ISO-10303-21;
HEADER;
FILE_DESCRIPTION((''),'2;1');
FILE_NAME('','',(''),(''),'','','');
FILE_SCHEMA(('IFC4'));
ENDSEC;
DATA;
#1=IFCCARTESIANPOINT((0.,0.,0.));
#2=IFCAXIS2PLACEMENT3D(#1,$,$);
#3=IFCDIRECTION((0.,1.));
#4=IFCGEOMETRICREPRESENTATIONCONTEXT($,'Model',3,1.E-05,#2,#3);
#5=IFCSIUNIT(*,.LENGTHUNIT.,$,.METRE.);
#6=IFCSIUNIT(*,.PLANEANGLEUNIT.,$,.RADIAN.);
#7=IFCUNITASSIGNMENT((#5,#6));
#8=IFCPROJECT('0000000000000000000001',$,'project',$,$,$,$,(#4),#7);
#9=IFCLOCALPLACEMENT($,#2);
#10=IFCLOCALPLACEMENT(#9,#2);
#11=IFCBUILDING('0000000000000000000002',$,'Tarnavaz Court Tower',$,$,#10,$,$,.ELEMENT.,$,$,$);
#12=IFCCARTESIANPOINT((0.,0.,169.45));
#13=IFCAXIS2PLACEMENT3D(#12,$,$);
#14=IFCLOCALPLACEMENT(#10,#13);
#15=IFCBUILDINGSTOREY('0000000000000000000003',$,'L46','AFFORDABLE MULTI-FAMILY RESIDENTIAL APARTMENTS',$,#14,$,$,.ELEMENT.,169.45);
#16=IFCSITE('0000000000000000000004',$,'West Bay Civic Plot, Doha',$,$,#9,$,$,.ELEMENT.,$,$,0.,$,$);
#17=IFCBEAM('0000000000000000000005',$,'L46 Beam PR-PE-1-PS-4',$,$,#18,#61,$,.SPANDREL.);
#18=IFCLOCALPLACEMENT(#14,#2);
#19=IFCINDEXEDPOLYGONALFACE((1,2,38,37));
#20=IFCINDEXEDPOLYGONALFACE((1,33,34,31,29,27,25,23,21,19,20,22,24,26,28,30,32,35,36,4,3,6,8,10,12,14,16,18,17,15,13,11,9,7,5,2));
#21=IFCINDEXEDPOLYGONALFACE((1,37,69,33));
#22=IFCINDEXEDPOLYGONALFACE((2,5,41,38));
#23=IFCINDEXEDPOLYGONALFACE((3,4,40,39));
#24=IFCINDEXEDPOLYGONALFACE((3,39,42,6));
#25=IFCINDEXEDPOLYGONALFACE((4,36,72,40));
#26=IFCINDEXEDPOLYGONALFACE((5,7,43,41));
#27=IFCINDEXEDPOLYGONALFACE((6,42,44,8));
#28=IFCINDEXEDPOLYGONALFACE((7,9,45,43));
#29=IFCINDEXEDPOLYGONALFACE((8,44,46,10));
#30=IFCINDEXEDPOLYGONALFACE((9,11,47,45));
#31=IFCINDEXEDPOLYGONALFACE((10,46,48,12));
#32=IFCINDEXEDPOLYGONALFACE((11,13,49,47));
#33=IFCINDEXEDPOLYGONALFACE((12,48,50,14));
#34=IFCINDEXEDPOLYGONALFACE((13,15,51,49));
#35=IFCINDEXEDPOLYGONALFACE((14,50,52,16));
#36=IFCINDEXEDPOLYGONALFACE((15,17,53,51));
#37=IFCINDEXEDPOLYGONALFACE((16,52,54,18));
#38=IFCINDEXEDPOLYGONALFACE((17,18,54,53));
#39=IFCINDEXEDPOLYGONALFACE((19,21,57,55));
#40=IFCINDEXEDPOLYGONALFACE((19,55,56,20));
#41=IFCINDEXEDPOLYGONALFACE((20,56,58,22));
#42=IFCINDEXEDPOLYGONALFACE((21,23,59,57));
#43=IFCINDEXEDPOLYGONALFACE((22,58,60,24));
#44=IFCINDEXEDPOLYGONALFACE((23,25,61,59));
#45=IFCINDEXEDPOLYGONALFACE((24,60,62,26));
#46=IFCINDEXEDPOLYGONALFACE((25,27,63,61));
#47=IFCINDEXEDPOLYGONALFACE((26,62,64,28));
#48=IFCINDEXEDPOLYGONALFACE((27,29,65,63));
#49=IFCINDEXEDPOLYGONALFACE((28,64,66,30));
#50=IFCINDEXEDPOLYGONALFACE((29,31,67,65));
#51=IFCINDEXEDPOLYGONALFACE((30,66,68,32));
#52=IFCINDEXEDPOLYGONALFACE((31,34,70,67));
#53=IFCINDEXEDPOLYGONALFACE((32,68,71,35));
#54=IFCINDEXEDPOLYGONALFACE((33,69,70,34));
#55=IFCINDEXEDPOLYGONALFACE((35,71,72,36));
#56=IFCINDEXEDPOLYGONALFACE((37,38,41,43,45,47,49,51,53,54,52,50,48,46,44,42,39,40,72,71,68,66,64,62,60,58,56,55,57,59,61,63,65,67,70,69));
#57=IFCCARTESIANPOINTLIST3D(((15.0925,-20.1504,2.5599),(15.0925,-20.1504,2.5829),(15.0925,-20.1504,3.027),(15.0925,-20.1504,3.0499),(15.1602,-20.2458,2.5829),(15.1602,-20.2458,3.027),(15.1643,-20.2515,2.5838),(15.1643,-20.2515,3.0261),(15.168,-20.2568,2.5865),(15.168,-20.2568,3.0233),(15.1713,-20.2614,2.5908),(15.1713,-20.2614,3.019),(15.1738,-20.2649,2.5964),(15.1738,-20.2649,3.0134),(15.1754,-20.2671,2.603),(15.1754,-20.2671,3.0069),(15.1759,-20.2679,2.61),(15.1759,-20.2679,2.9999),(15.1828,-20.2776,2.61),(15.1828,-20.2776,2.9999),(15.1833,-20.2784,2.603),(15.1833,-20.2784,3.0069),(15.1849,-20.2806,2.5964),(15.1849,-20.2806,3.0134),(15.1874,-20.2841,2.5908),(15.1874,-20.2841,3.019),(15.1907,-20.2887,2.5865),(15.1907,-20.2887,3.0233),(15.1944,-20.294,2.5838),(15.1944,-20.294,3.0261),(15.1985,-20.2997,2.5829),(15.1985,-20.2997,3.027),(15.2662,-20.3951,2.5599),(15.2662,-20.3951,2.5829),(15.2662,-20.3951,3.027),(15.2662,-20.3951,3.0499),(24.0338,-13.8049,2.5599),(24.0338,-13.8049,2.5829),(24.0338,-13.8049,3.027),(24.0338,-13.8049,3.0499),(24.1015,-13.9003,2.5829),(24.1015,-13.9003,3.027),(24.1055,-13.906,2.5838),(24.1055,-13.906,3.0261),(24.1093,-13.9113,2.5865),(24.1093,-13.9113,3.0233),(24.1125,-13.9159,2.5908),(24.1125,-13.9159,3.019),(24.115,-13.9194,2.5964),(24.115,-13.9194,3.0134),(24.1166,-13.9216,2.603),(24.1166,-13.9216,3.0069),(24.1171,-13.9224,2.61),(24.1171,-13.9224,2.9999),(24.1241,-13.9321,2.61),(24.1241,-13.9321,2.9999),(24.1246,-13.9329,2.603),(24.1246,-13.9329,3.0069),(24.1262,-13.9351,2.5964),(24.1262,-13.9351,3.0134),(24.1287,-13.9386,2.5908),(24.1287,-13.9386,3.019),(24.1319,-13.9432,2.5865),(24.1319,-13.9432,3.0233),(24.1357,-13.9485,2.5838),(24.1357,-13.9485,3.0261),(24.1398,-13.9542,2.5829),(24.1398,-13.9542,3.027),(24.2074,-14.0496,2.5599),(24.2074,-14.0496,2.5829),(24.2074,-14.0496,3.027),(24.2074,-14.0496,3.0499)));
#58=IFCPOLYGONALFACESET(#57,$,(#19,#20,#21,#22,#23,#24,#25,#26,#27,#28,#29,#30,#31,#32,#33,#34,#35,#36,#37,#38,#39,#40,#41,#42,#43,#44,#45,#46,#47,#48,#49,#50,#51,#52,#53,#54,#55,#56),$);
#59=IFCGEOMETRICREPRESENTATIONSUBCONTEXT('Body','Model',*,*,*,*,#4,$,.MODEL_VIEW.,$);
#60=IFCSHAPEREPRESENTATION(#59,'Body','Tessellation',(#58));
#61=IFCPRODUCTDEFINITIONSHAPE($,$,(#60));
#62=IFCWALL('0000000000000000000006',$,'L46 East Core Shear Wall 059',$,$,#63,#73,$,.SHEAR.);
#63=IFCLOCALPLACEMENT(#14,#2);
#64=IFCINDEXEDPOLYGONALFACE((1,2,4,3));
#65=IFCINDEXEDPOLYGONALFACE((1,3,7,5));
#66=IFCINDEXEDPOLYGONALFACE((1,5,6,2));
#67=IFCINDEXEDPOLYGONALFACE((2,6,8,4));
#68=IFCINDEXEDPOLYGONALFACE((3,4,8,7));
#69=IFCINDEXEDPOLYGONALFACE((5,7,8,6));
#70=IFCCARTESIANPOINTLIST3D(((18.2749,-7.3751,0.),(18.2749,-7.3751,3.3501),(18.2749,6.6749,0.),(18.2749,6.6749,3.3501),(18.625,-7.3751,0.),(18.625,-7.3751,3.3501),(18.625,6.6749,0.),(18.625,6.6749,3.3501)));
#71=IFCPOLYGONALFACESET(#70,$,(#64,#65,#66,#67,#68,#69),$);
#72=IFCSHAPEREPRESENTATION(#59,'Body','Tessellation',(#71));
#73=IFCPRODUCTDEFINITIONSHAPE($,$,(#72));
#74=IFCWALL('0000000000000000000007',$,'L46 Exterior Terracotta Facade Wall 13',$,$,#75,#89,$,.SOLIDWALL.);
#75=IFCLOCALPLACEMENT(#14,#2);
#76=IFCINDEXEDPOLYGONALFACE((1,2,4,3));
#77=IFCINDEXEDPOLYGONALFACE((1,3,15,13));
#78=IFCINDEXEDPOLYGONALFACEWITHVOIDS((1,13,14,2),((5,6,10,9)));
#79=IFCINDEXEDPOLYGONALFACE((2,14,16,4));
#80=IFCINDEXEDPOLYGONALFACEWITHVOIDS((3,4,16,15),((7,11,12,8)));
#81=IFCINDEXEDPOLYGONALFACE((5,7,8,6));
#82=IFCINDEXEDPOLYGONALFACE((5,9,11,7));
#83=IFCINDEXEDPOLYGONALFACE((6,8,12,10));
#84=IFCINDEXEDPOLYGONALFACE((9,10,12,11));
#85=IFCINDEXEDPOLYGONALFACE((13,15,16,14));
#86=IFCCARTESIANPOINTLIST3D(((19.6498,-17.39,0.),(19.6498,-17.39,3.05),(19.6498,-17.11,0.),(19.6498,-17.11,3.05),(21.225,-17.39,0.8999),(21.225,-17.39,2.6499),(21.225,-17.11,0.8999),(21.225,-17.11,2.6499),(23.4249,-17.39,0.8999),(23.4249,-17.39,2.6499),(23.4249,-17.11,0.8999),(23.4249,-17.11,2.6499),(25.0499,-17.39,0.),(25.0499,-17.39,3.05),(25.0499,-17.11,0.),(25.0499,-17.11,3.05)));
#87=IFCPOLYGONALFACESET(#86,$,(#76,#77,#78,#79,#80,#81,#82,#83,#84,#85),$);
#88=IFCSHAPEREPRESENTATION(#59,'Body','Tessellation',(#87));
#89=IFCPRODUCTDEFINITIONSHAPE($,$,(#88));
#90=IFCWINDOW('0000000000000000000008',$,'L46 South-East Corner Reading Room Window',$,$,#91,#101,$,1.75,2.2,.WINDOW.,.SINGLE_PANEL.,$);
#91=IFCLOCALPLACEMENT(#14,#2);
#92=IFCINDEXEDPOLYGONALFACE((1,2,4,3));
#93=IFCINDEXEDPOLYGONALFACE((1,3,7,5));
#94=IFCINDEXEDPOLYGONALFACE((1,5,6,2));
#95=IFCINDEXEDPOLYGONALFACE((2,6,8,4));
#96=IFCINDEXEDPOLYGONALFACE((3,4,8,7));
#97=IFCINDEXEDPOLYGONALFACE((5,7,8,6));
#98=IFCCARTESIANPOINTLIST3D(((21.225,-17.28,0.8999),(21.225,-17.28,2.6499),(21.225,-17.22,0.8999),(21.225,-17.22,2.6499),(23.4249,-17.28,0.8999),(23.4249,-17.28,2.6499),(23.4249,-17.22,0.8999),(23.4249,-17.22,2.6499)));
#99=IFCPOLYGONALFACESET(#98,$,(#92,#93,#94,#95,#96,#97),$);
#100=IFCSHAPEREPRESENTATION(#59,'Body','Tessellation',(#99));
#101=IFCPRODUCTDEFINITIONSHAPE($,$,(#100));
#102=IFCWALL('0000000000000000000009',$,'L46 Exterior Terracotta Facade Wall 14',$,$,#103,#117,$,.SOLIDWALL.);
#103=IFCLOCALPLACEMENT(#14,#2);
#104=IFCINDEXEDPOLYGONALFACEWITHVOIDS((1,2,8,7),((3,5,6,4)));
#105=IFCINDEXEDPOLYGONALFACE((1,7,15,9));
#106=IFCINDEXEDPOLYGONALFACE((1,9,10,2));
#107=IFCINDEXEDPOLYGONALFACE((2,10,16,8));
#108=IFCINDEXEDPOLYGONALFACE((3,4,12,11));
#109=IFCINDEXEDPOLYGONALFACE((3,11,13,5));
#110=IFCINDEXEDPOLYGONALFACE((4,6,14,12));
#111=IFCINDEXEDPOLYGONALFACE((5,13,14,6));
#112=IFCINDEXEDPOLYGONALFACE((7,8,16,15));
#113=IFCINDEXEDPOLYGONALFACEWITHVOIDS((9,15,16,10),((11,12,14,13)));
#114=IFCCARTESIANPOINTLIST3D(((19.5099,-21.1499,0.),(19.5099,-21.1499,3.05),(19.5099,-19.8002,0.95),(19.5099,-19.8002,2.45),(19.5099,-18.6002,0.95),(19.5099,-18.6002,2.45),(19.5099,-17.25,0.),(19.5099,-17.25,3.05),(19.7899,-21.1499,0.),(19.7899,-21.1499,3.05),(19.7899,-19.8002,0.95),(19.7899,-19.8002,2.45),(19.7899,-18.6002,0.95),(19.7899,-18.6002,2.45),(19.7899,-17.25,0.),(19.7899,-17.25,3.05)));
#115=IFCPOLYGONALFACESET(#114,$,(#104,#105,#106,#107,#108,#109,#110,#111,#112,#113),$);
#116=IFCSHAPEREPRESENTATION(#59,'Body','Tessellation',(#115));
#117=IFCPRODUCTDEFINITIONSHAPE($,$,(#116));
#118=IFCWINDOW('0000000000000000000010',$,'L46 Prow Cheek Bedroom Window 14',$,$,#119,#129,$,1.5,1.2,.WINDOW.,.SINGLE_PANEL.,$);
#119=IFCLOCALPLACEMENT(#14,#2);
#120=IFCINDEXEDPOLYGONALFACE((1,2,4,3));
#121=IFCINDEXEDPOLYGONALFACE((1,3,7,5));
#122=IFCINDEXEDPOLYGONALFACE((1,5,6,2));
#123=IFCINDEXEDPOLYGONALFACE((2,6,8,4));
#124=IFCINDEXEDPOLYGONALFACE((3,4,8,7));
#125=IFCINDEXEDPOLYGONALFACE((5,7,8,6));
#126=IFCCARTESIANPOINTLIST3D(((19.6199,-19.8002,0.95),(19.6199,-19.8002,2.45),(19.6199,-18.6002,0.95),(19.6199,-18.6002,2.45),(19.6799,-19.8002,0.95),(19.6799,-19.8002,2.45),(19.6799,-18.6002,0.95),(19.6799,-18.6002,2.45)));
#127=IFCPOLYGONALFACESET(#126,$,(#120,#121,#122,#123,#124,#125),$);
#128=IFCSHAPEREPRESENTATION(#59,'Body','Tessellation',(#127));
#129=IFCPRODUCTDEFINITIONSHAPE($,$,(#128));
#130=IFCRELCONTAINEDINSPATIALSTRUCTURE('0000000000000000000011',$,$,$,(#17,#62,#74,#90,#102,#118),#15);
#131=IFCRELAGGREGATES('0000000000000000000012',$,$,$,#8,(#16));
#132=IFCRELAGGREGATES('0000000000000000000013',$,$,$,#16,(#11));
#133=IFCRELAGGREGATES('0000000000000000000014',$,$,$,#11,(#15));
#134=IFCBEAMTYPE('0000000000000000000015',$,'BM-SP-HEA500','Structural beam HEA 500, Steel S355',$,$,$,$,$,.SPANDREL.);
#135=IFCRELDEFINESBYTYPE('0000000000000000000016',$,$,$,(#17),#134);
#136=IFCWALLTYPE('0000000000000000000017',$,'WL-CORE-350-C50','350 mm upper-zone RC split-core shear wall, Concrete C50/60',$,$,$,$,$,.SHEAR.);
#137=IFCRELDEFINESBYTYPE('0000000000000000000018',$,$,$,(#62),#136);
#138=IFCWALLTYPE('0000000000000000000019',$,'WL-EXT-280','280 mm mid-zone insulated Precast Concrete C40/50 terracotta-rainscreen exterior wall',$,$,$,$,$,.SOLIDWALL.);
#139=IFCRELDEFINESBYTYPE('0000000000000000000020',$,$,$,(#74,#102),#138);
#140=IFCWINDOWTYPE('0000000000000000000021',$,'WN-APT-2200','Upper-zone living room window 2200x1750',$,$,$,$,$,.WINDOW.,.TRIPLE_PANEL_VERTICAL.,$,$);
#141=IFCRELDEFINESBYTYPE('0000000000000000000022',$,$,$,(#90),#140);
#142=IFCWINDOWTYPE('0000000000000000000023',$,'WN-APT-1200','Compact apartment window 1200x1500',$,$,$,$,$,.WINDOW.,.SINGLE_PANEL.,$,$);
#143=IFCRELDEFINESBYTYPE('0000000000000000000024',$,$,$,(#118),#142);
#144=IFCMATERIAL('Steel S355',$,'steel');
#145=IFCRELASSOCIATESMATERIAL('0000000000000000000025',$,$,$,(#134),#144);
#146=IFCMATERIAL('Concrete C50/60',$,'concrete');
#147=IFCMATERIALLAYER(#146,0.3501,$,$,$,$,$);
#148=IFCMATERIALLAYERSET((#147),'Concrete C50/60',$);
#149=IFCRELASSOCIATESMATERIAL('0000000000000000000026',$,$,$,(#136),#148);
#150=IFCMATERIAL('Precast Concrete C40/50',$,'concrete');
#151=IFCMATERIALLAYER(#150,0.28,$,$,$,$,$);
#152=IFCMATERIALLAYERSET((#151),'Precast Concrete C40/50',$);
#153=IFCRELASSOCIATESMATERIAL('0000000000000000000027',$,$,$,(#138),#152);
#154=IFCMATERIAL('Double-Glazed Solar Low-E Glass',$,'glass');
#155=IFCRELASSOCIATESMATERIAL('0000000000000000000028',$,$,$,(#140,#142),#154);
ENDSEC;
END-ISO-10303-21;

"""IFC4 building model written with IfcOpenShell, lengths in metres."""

from ifc_helpers import new_model, si_unit, direction, frame, frame_2d, origin, origin_2d, place, context, subcontext, project, spatial, rectangle, i_section, extrude, material, layer, layer_set, material_profile, profile_set, type_object, element, fill, save


model = new_model("IFC4")

# Units and contexts
model_context = context("Model", 3, precision=1e-05, world=origin(), true_north=direction((0.0, 1.0)))
body_context = subcontext(model_context, "Body", "Model", "MODEL_VIEW")
ifc_project = project(units=[si_unit("LENGTHUNIT", "METRE"), si_unit("PLANEANGLEUNIT", "RADIAN")], contexts=[model_context])

# Site, building, storey
site_placement = place(None, origin())
site = spatial("IfcSite", under=ifc_project, at=site_placement, Name="West Bay Civic Plot, Doha", CompositionType="ELEMENT", RefElevation=0.0)
building_placement = place(site_placement, origin())
building = spatial("IfcBuilding", under=site, at=building_placement, Name="Tarnavaz Court Tower", CompositionType="ELEMENT")
storey_placement = place(building_placement, frame((0.0, 0.0, 169.45)))
storey = spatial("IfcBuildingStorey", under=building, at=storey_placement, Name="L46", Description="AFFORDABLE MULTI-FAMILY RESIDENTIAL APARTMENTS", CompositionType="ELEMENT", Elevation=169.45)

# Shared definitions
ifc_material_1 = material(Name="Concrete C50/60", Category="concrete")

# Beam
ifc_material_2 = material(Name="Steel S355", Category="steel")
ifc_material_profile_1 = material_profile(ifc_material_2, i_section(OverallWidth=0.3, OverallDepth=0.49, WebThickness=0.012, FlangeThickness=0.0229, FilletRadius=0.0271, at=origin_2d()), Name="HEA 500")
ifc_profile_set_1 = profile_set([ifc_material_profile_1], Name="Steel S355")
beam_type_1 = type_object("IfcBeamType", Name="BM-SP-HEA500", Description="Structural beam HEA 500, Steel S355", PredefinedType="SPANDREL", material=ifc_profile_set_1)
beam_1_placement = place(storey_placement, frame((24.1206, -13.9272, 2.8049), z_axis=(-0.815502, -0.578754, 0.0), x_axis=(0.578754, -0.815502, 0.0)))
element("IfcBeam", 1, at=beam_1_placement, inside=storey, type_object=beam_type_1, Name="L46 Beam PR-PE-1-PS-4", PredefinedType="SPANDREL", context=body_context, shape_type="SweptSolid", body=[
    extrude(i_section(OverallWidth=0.3, OverallDepth=0.49, WebThickness=0.012, FlangeThickness=0.0229, FilletRadius=0.0271, at=origin_2d()), origin(), (0.0, 0.0, 1.0), 10.9641),
])

# Wall
ifc_layer_1 = layer(ifc_material_1, 0.3501)
ifc_layer_set_1 = layer_set([ifc_layer_1], Name="Concrete C50/60")
wall_type_1 = type_object("IfcWallType", Name="WL-CORE-350-C50", Description="350 mm upper-zone RC split-core shear wall, Concrete C50/60", PredefinedType="SHEAR", material=ifc_layer_set_1)
wall_1_placement = place(storey_placement, frame((18.45, -7.375, 0.0), z_axis=(0.0, 0.0, 1.0), x_axis=(0.0, 1.0, 0.0)))
element("IfcWall", 2, at=wall_1_placement, inside=storey, type_object=wall_type_1, Name="L46 East Core Shear Wall 059", PredefinedType="SHEAR", context=body_context, shape_type="SweptSolid", body=[
    extrude(rectangle(XDim=14.05, YDim=0.3501, at=frame_2d((7.0249, 0.0))), origin(), (0.0, 0.0, 1.0), 3.3501),
])

# Walls, openings, windows
ifc_material_3 = material(Name="Precast Concrete C40/50", Category="concrete")
ifc_layer_2 = layer(ifc_material_3, 0.28)
ifc_layer_set_2 = layer_set([ifc_layer_2], Name="Precast Concrete C40/50")
wall_type_2 = type_object("IfcWallType", Name="WL-EXT-280", Description="280 mm mid-zone insulated Precast Concrete C40/50 terracotta-rainscreen exterior wall", PredefinedType="SOLIDWALL", material=ifc_layer_set_2)
wall_2_placement = place(storey_placement, frame((25.05, -17.25, 0.0), z_axis=(0.0, 0.0, 1.0), x_axis=(-1.0, 0.0, 0.0)))
wall_2 = element("IfcWall", 3, at=wall_2_placement, inside=storey, type_object=wall_type_2, Name="L46 Exterior Terracotta Facade Wall 13", PredefinedType="SOLIDWALL", context=body_context, shape_type="SweptSolid", body=[
    extrude(rectangle(XDim=5.4001, YDim=0.28, at=frame_2d((2.7002, 0.0))), origin(), (0.0, 0.0, 1.0), 3.05),
])
opening_1_placement = place(wall_2_placement, frame((1.625, 0.0, 0.8999)))
opening_1 = element("IfcOpeningElement", 4, at=opening_1_placement, cuts=wall_2, PredefinedType="OPENING", context=body_context, shape_type="SweptSolid", body=[
    extrude(rectangle(XDim=2.2, YDim=1.75, at=frame_2d((1.1001, 0.875))), frame((0.0, 0.1499, 0.0), z_axis=(0.0, -1.0, 0.0), x_axis=(1.0, 0.0, 0.0)), (0.0, 0.0, 1.0), 0.3),
])
ifc_material_4 = material(Name="Double-Glazed Solar Low-E Glass", Category="glass")
window_type_1 = type_object("IfcWindowType", Name="WN-APT-2200", Description="Upper-zone living room window 2200x1750", PartitioningType="TRIPLE_PANEL_VERTICAL", PredefinedType="WINDOW", material=ifc_material_4)
window_1_placement = place(opening_1_placement, origin())
window_1 = element("IfcWindow", 5, at=window_1_placement, inside=storey, type_object=window_type_1, Name="L46 South-East Corner Reading Room Window", OverallHeight=1.75, OverallWidth=2.2, PartitioningType="SINGLE_PANEL", PredefinedType="WINDOW", context=body_context, shape_type="SweptSolid", body=[
    extrude(rectangle(XDim=2.2, YDim=1.75, at=frame_2d((1.1001, 0.875))), frame((0.0, 0.03, 0.0), z_axis=(0.0, -1.0, 0.0), x_axis=(1.0, 0.0, 0.0)), (0.0, 0.0, 1.0), 0.0601),
])
fill(opening_1, window_1)
wall_3_placement = place(storey_placement, frame((19.6499, -17.25, 0.0), z_axis=(0.0, 0.0, 1.0), x_axis=(0.0, -1.0, 0.0)))
wall_3 = element("IfcWall", 6, at=wall_3_placement, inside=storey, type_object=wall_type_2, Name="L46 Exterior Terracotta Facade Wall 14", PredefinedType="SOLIDWALL", context=body_context, shape_type="SweptSolid", body=[
    extrude(rectangle(XDim=3.8999, YDim=0.28, at=frame_2d((1.95, 0.0))), origin(), (0.0, 0.0, 1.0), 3.05),
])
opening_2_placement = place(wall_3_placement, frame((1.3501, 0.0, 0.95)))
opening_2 = element("IfcOpeningElement", 7, at=opening_2_placement, cuts=wall_3, PredefinedType="OPENING", context=body_context, shape_type="SweptSolid", body=[
    extrude(rectangle(XDim=1.2, YDim=1.5, at=frame_2d((0.6001, 0.75))), frame((0.0, 0.1499, 0.0), z_axis=(0.0, -1.0, 0.0), x_axis=(1.0, 0.0, 0.0)), (0.0, 0.0, 1.0), 0.3),
])
window_type_2 = type_object("IfcWindowType", Name="WN-APT-1200", Description="Compact apartment window 1200x1500", PartitioningType="SINGLE_PANEL", PredefinedType="WINDOW", material=ifc_material_4)
window_2_placement = place(opening_2_placement, origin())
window_2 = element("IfcWindow", 8, at=window_2_placement, inside=storey, type_object=window_type_2, Name="L46 Prow Cheek Bedroom Window 14", OverallHeight=1.5, OverallWidth=1.2, PartitioningType="SINGLE_PANEL", PredefinedType="WINDOW", context=body_context, shape_type="SweptSolid", body=[
    extrude(rectangle(XDim=1.2, YDim=1.5, at=frame_2d((0.6001, 0.75))), frame((0.0, 0.03, 0.0), z_axis=(0.0, -1.0, 0.0), x_axis=(1.0, 0.0, 0.0)), (0.0, 0.0, 1.0), 0.0601),
])
fill(opening_2, window_2)

save(model, "model.ifc")
